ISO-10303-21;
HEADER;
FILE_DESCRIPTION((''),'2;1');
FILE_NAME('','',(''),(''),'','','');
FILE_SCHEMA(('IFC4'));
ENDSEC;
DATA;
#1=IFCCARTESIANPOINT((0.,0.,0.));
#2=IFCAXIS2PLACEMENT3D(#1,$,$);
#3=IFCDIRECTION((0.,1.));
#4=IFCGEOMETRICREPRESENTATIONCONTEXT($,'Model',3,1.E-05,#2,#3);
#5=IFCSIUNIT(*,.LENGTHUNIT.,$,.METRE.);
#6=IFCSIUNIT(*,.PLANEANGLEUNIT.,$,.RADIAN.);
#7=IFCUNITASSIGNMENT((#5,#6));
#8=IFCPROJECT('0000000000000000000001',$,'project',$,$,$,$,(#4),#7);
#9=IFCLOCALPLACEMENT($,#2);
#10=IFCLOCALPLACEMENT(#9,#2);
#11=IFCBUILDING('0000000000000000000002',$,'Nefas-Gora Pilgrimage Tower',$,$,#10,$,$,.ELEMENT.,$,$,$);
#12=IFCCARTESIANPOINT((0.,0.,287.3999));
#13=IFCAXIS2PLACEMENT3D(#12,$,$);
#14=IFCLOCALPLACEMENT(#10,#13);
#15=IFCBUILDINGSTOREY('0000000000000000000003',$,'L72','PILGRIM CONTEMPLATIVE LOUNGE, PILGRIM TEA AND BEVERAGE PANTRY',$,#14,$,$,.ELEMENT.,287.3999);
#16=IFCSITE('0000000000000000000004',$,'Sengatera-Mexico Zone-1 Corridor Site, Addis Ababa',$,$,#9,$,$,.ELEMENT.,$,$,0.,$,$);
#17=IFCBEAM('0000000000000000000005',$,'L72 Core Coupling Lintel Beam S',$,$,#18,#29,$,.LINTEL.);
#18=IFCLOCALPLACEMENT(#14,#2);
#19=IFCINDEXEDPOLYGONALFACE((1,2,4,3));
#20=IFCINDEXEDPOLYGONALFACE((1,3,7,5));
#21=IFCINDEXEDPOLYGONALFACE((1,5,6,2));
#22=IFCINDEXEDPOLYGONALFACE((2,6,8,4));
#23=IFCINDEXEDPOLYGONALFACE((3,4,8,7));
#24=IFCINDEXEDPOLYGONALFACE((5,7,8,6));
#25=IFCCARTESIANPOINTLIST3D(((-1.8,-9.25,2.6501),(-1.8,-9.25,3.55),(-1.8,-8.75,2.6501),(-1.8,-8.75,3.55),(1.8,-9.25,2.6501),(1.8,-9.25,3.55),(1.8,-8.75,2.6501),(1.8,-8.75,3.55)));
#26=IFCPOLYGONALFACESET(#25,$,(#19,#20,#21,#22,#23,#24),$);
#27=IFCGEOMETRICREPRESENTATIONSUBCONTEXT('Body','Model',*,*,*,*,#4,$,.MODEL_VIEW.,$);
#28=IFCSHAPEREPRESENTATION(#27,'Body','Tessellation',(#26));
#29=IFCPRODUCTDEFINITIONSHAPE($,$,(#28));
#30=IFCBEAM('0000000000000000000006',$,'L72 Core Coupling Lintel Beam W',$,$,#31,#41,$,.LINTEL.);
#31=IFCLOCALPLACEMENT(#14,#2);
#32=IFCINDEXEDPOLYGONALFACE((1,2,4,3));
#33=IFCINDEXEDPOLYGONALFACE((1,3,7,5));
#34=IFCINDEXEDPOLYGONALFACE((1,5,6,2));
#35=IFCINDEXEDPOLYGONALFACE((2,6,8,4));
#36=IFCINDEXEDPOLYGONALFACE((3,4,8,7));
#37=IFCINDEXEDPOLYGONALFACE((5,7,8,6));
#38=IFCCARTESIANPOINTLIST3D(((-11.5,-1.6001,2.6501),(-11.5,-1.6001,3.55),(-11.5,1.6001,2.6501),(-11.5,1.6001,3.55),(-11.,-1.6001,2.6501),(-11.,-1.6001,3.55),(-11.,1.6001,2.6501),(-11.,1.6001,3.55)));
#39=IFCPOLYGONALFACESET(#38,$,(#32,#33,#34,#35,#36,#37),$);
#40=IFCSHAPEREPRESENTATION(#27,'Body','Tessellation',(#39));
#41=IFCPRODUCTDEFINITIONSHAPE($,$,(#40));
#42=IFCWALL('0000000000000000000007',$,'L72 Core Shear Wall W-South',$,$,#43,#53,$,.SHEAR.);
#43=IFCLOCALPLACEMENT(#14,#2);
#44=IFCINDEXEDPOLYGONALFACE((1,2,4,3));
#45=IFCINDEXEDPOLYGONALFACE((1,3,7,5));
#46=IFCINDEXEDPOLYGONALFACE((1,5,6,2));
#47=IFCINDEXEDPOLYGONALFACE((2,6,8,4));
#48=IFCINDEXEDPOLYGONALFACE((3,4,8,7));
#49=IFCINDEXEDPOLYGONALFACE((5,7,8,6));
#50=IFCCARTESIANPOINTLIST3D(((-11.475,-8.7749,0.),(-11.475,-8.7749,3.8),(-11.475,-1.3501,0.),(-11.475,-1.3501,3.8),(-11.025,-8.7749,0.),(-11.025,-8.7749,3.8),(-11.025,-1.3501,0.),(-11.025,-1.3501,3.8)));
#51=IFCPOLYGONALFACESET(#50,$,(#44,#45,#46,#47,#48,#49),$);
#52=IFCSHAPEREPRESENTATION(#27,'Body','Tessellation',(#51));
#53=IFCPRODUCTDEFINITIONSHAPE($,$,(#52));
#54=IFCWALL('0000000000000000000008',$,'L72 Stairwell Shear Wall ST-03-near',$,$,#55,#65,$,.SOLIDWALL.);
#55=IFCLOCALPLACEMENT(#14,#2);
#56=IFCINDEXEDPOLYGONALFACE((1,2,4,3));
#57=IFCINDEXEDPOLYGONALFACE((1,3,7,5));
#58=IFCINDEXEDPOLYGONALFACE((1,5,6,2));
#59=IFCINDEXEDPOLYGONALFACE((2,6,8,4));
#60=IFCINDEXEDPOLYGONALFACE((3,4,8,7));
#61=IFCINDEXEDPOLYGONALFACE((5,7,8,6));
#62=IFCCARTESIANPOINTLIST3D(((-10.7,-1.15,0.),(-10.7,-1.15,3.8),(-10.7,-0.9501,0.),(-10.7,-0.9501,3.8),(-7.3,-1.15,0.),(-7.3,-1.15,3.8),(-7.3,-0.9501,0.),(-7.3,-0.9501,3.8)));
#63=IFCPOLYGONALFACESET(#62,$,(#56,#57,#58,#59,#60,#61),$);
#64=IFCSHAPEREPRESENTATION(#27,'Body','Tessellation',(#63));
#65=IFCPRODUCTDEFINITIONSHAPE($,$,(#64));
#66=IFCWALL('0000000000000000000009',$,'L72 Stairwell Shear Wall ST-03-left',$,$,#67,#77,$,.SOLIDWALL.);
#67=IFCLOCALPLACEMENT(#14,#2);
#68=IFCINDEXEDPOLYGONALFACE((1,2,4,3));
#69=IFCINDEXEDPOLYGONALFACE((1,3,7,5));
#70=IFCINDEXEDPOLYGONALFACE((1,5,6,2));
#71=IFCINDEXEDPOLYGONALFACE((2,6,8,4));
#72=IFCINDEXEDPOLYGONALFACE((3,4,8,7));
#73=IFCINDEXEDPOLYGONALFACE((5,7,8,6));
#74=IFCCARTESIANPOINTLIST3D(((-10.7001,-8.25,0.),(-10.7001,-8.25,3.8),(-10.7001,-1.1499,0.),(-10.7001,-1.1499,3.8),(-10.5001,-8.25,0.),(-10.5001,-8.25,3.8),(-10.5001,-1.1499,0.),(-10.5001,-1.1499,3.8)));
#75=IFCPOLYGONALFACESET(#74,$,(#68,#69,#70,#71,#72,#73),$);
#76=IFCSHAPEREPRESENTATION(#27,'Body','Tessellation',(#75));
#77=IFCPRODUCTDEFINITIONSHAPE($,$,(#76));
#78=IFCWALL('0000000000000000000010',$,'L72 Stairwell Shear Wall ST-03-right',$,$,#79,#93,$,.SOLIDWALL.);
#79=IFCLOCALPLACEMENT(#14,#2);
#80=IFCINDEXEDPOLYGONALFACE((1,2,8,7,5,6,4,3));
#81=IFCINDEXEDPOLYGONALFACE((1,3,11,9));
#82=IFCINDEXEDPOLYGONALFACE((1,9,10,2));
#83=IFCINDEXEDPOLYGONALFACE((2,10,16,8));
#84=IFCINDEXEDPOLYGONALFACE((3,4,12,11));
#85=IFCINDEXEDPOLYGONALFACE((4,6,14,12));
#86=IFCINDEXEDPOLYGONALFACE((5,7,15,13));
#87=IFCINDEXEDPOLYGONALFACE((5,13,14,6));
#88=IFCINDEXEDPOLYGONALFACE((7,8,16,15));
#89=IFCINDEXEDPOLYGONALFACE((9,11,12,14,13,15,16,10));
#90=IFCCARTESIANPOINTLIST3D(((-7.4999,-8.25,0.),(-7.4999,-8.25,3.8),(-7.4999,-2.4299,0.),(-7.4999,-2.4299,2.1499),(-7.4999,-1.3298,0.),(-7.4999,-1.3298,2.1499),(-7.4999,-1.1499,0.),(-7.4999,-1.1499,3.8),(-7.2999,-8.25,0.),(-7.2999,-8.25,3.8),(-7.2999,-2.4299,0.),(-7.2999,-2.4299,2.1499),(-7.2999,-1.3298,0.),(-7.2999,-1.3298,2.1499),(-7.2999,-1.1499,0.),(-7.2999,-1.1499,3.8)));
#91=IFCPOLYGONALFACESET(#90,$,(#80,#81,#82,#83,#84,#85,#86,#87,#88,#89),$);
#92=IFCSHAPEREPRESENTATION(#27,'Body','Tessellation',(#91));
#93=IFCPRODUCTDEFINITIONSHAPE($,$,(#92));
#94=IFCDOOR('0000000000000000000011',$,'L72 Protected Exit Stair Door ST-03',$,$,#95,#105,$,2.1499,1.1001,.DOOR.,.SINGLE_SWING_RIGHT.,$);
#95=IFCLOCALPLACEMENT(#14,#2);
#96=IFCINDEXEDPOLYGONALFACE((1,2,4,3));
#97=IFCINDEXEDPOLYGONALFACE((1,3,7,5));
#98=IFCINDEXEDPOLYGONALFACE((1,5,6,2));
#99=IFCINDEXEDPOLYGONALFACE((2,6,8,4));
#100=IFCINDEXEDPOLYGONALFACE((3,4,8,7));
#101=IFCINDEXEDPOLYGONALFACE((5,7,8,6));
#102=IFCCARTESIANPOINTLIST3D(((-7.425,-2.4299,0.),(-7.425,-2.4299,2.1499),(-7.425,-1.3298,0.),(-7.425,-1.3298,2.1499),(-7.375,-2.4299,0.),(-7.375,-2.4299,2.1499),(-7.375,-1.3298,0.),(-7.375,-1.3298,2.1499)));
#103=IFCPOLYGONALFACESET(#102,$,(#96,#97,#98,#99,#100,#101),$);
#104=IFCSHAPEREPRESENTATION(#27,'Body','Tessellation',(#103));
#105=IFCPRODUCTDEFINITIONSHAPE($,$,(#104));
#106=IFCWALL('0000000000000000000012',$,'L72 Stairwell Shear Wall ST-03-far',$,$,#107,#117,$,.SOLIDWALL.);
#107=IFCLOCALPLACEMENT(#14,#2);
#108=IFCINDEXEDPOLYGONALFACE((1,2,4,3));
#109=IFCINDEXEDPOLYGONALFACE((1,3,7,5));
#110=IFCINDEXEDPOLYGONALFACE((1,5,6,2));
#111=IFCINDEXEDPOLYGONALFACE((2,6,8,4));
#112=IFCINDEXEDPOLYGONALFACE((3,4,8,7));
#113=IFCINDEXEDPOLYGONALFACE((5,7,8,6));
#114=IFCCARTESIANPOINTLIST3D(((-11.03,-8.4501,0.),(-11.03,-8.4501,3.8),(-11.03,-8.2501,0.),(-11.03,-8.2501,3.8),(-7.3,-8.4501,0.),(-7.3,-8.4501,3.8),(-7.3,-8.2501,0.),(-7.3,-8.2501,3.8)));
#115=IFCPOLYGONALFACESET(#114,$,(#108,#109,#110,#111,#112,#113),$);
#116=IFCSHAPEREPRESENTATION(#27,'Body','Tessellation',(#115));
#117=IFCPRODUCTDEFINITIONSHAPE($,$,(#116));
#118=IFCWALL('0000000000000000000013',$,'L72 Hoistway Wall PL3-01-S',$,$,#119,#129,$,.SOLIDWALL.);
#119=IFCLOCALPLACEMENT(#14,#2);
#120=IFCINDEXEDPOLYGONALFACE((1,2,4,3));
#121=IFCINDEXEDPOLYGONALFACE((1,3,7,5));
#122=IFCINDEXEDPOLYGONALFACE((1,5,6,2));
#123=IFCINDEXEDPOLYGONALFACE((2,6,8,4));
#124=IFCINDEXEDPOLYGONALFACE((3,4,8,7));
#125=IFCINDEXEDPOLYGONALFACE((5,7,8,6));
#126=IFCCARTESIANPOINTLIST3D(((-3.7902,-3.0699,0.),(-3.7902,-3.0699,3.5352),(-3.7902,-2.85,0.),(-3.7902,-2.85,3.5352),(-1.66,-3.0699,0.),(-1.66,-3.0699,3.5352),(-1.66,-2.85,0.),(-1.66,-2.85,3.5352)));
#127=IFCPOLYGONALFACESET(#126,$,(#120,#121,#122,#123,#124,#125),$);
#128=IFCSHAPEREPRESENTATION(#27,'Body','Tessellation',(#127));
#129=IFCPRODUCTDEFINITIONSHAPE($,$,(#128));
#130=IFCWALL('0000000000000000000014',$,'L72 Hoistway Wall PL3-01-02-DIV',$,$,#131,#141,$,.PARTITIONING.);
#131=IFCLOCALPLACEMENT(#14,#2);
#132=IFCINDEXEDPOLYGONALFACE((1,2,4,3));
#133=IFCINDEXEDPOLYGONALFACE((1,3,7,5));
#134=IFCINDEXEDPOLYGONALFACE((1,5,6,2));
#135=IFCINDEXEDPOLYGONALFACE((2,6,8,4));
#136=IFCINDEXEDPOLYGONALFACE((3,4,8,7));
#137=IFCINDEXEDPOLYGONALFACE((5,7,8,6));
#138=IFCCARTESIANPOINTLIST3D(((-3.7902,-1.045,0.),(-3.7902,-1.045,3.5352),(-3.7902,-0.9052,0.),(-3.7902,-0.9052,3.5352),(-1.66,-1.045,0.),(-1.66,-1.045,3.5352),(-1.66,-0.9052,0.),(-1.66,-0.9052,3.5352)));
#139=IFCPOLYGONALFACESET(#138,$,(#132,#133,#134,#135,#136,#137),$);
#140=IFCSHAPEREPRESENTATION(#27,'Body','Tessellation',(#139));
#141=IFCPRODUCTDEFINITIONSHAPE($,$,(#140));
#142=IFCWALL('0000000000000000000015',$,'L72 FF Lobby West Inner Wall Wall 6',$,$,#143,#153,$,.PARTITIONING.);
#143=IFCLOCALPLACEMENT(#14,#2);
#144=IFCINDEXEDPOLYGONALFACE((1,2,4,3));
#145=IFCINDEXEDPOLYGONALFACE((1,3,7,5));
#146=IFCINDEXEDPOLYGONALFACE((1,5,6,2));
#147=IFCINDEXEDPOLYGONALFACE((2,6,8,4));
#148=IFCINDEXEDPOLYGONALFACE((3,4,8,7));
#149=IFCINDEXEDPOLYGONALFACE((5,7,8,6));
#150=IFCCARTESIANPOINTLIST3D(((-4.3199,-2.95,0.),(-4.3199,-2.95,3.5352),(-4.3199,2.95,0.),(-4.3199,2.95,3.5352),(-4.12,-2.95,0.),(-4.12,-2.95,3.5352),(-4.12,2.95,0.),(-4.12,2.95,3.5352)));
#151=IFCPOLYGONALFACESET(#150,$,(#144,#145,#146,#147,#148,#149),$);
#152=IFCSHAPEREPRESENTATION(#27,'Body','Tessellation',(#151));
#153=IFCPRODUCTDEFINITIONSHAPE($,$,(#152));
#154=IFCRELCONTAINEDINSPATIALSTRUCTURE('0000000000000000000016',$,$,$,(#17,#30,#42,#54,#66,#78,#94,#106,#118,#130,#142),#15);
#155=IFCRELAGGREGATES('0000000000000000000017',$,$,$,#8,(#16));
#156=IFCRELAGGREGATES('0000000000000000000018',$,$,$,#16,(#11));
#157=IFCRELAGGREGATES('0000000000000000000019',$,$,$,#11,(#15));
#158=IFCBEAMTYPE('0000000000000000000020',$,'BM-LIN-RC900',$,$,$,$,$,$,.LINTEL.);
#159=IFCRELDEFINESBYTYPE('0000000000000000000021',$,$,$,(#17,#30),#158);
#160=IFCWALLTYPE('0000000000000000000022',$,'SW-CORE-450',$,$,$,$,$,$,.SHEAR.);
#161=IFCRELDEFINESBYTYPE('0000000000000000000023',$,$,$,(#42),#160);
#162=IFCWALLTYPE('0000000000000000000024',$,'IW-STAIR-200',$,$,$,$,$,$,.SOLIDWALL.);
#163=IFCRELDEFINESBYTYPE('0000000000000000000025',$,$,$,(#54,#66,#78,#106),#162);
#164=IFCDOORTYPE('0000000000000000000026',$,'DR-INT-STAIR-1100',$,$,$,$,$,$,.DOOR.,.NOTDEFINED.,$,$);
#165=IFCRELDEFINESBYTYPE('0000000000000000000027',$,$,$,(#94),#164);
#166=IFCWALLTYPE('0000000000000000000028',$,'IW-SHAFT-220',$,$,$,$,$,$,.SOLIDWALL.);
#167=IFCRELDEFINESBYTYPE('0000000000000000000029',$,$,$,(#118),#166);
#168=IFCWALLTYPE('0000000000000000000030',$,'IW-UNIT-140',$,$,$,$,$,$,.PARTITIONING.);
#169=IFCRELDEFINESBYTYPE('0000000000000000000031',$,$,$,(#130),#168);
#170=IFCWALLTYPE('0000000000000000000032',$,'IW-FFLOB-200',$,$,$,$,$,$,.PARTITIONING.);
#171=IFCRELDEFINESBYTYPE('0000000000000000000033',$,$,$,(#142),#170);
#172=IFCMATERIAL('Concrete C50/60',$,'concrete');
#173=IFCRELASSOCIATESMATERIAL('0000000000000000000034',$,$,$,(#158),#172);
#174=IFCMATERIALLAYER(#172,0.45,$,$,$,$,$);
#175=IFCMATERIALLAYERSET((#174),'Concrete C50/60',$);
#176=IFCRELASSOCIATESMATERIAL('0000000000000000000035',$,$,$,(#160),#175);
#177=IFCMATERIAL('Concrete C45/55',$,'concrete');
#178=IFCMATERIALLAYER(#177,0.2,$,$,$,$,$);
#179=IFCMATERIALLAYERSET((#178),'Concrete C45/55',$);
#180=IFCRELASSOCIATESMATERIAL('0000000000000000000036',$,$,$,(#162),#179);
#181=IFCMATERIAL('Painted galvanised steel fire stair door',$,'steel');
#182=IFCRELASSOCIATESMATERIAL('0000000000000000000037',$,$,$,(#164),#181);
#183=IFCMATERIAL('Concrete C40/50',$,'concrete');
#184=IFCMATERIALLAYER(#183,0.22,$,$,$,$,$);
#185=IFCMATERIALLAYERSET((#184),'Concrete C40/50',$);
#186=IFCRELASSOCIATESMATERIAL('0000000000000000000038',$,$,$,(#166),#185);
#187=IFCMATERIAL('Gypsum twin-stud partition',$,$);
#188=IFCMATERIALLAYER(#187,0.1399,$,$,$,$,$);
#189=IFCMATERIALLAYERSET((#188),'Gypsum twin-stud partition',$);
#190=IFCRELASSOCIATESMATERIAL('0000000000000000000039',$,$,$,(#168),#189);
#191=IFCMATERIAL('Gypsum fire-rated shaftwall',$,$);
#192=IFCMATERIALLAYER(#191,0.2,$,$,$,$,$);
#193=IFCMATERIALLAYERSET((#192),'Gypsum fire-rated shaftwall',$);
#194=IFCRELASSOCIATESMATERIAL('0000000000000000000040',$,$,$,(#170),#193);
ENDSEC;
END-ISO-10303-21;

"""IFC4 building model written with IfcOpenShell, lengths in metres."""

from ifc_helpers import new_model, si_unit, direction, frame, frame_2d, origin, origin_2d, place, context, subcontext, project, spatial, rectangle, extrude, source, transform, mapped, material, layer, layer_set, material_profile, profile_set, type_object, element, fill, save


model = new_model("IFC4")

# Units and contexts
model_context = context("Model", 3, precision=1e-05, world=origin(), true_north=direction((0.0, 1.0)))
body_context = subcontext(model_context, "Body", "Model", "MODEL_VIEW")
ifc_project = project(units=[si_unit("LENGTHUNIT", "METRE"), si_unit("PLANEANGLEUNIT", "RADIAN")], contexts=[model_context])

# Site, building, storey
site_placement = place(None, origin())
site = spatial("IfcSite", under=ifc_project, at=site_placement, Name="Sengatera-Mexico Zone-1 Corridor Site, Addis Ababa", CompositionType="ELEMENT", RefElevation=0.0)
building_placement = place(site_placement, origin())
building = spatial("IfcBuilding", under=site, at=building_placement, Name="Nefas-Gora Pilgrimage Tower", CompositionType="ELEMENT")
storey_placement = place(building_placement, frame((0.0, 0.0, 287.3999)))
storey = spatial("IfcBuildingStorey", under=building, at=storey_placement, Name="L72", Description="PILGRIM CONTEMPLATIVE LOUNGE, PILGRIM TEA AND BEVERAGE PANTRY", CompositionType="ELEMENT", Elevation=287.3999)

# Beams
ifc_material_1 = material(Name="Concrete C50/60", Category="concrete")
ifc_material_profile = material_profile(ifc_material_1, rectangle(XDim=0.5, YDim=0.8999, at=origin_2d()), Name="RC 500x900")
ifc_profile_set = profile_set([ifc_material_profile], Name="Concrete C50/60")
beam_type = type_object("IfcBeamType", Name="BM-LIN-RC900", PredefinedType="LINTEL", material=ifc_profile_set)
shared_shape_1 = source(origin(), body_context, "Body", "SweptSolid", [
    extrude(rectangle(XDim=0.5, YDim=0.8999, at=origin_2d()), origin(), (0.0, 0.0, 1.0), 3.6001),
])
beam_1_placement = place(storey_placement, frame((-1.8, -9.0, 3.1001), z_axis=(1.0, 0.0, 0.0), x_axis=(0.0, 1.0, 0.0)))
element("IfcBeam", 1, at=beam_1_placement, inside=storey, type_object=beam_type, Name="L72 Core Coupling Lintel Beam S", PredefinedType="LINTEL", context=body_context, shape_type="MappedRepresentation", body=[
    mapped(shared_shape_1, transform((0.0, 0.0, 0.0), x_axis=(1.0, 0.0, 0.0), y_axis=(0.0, 1.0, 0.0), z_axis=(0.0, 0.0, 1.0), scale=1.0)),
])
shared_shape_2 = source(origin(), body_context, "Body", "SweptSolid", [
    extrude(rectangle(XDim=0.5, YDim=0.8999, at=origin_2d()), origin(), (0.0, 0.0, 1.0), 3.2002),
])
beam_2_placement = place(storey_placement, frame((-11.25, -1.6001, 3.1001), z_axis=(0.0, 1.0, 0.0), x_axis=(-1.0, 0.0, 0.0)))
element("IfcBeam", 2, at=beam_2_placement, inside=storey, type_object=beam_type, Name="L72 Core Coupling Lintel Beam W", PredefinedType="LINTEL", context=body_context, shape_type="MappedRepresentation", body=[
    mapped(shared_shape_2, transform((0.0, 0.0, 0.0), x_axis=(1.0, 0.0, 0.0), y_axis=(0.0, 1.0, 0.0), z_axis=(0.0, 0.0, 1.0), scale=1.0)),
])

# Walls
ifc_layer_1 = layer(ifc_material_1, 0.45)
ifc_layer_set_1 = layer_set([ifc_layer_1], Name="Concrete C50/60")
wall_type_1 = type_object("IfcWallType", Name="SW-CORE-450", PredefinedType="SHEAR", material=ifc_layer_set_1)
shared_shape_3 = source(origin(), body_context, "Body", "SweptSolid", [
    extrude(rectangle(XDim=7.4248, YDim=0.45, at=frame_2d((3.7124, 0.0))), origin(), (0.0, 0.0, 1.0), 3.8),
])
wall_1_placement = place(storey_placement, frame((-11.25, -8.7749, 0.0), z_axis=(0.0, 0.0, 1.0), x_axis=(0.0, 1.0, 0.0)))
element("IfcWall", 3, at=wall_1_placement, inside=storey, type_object=wall_type_1, Name="L72 Core Shear Wall W-South", PredefinedType="SHEAR", context=body_context, shape_type="MappedRepresentation", body=[
    mapped(shared_shape_3, transform((0.0, 0.0, 0.0), x_axis=(1.0, 0.0, 0.0), y_axis=(0.0, 1.0, 0.0), z_axis=(0.0, 0.0, 1.0), scale=1.0)),
])
ifc_material_2 = material(Name="Concrete C45/55", Category="concrete")
ifc_layer_2 = layer(ifc_material_2, 0.2)
ifc_layer_set_2 = layer_set([ifc_layer_2], Name="Concrete C45/55")
wall_type_2 = type_object("IfcWallType", Name="IW-STAIR-200", PredefinedType="SOLIDWALL", material=ifc_layer_set_2)
shared_shape_4 = source(origin(), body_context, "Body", "SweptSolid", [
    extrude(rectangle(XDim=3.3999, YDim=0.2, at=frame_2d((1.7, 0.0))), origin(), (0.0, 0.0, 1.0), 3.8),
])
wall_2_placement = place(storey_placement, frame((-10.7, -1.05, 0.0), z_axis=(0.0, 0.0, 1.0), x_axis=(1.0, 0.0, 0.0)))
element("IfcWall", 4, at=wall_2_placement, inside=storey, type_object=wall_type_2, Name="L72 Stairwell Shear Wall ST-03-near", PredefinedType="SOLIDWALL", context=body_context, shape_type="MappedRepresentation", body=[
    mapped(shared_shape_4, transform((0.0, 0.0, 0.0), x_axis=(1.0, 0.0, 0.0), y_axis=(0.0, 1.0, 0.0), z_axis=(0.0, 0.0, 1.0), scale=1.0)),
])
shared_shape_5 = source(origin(), body_context, "Body", "SweptSolid", [
    extrude(rectangle(XDim=7.1001, YDim=0.2, at=frame_2d((3.55, 0.0))), origin(), (0.0, 0.0, 1.0), 3.8),
])
wall_3_placement = place(storey_placement, frame((-10.6001, -1.1499, 0.0), z_axis=(0.0, 0.0, 1.0), x_axis=(0.0, -1.0, 0.0)))
element("IfcWall", 5, at=wall_3_placement, inside=storey, type_object=wall_type_2, Name="L72 Stairwell Shear Wall ST-03-left", PredefinedType="SOLIDWALL", context=body_context, shape_type="MappedRepresentation", body=[
    mapped(shared_shape_5, transform((0.0, 0.0, 0.0), x_axis=(1.0, 0.0, 0.0), y_axis=(0.0, 1.0, 0.0), z_axis=(0.0, 0.0, 1.0), scale=1.0)),
])

# Wall, opening, door
wall_4_placement = place(storey_placement, frame((-7.3999, -1.1499, 0.0), z_axis=(0.0, 0.0, 1.0), x_axis=(0.0, -1.0, 0.0)))
wall_4 = element("IfcWall", 6, at=wall_4_placement, inside=storey, type_object=wall_type_2, Name="L72 Stairwell Shear Wall ST-03-right", PredefinedType="SOLIDWALL", context=body_context, shape_type="MappedRepresentation", body=[
    mapped(shared_shape_5, transform((0.0, 0.0, 0.0), x_axis=(1.0, 0.0, 0.0), y_axis=(0.0, 1.0, 0.0), z_axis=(0.0, 0.0, 1.0), scale=1.0)),
])
opening_placement = place(wall_4_placement, frame((0.1799, 0.0, 0.0)))
opening = element("IfcOpeningElement", 7, at=opening_placement, cuts=wall_4, PredefinedType="OPENING", context=body_context, shape_type="SweptSolid", body=[
    extrude(rectangle(XDim=1.1001, YDim=2.1499, at=frame_2d((0.55, 1.075))), frame((0.0, 0.1099, 0.0), z_axis=(0.0, -1.0, 0.0), x_axis=(1.0, 0.0, 0.0)), (0.0, 0.0, 1.0), 0.22),
])
ifc_material_3 = material(Name="Painted galvanised steel fire stair door", Category="steel")
door_type = type_object("IfcDoorType", Name="DR-INT-STAIR-1100", OperationType="NOTDEFINED", PredefinedType="DOOR", material=ifc_material_3)
shared_shape_6 = source(origin(), body_context, "Body", "SweptSolid", [
    extrude(rectangle(XDim=1.1001, YDim=2.1499, at=frame_2d((0.55, 1.075))), frame((0.0, 0.0249, 0.0), z_axis=(0.0, -1.0, 0.0), x_axis=(1.0, 0.0, 0.0)), (0.0, 0.0, 1.0), 0.05),
])
door_placement = place(opening_placement, origin())
door = element("IfcDoor", 8, at=door_placement, inside=storey, type_object=door_type, Name="L72 Protected Exit Stair Door ST-03", OperationType="SINGLE_SWING_RIGHT", OverallHeight=2.1499, OverallWidth=1.1001, PredefinedType="DOOR", context=body_context, shape_type="MappedRepresentation", body=[
    mapped(shared_shape_6, transform((0.0, 0.0, 0.0), x_axis=(1.0, 0.0, 0.0), y_axis=(0.0, 1.0, 0.0), z_axis=(0.0, 0.0, 1.0), scale=1.0)),
])
fill(opening, door)

# Walls
shared_shape_7 = source(origin(), body_context, "Body", "SweptSolid", [
    extrude(rectangle(XDim=3.73, YDim=0.2, at=frame_2d((1.865, 0.0))), origin(), (0.0, 0.0, 1.0), 3.8),
])
wall_5_placement = place(storey_placement, frame((-11.03, -8.3501, 0.0), z_axis=(0.0, 0.0, 1.0), x_axis=(1.0, 0.0, 0.0)))
element("IfcWall", 9, at=wall_5_placement, inside=storey, type_object=wall_type_2, Name="L72 Stairwell Shear Wall ST-03-far", PredefinedType="SOLIDWALL", context=body_context, shape_type="MappedRepresentation", body=[
    mapped(shared_shape_7, transform((0.0, 0.0, 0.0), x_axis=(1.0, 0.0, 0.0), y_axis=(0.0, 1.0, 0.0), z_axis=(0.0, 0.0, 1.0), scale=1.0)),
])
ifc_material_4 = material(Name="Concrete C40/50", Category="concrete")
ifc_layer_3 = layer(ifc_material_4, 0.22)
ifc_layer_set_3 = layer_set([ifc_layer_3], Name="Concrete C40/50")
wall_type_3 = type_object("IfcWallType", Name="IW-SHAFT-220", PredefinedType="SOLIDWALL", material=ifc_layer_set_3)
shared_shape_8 = source(origin(), body_context, "Body", "SweptSolid", [
    extrude(rectangle(XDim=2.1301, YDim=0.22, at=frame_2d((1.0649, 0.0))), origin(), (0.0, 0.0, 1.0), 3.5352),
])
wall_6_placement = place(storey_placement, frame((-3.79, -2.96, 0.0), z_axis=(0.0, 0.0, 1.0), x_axis=(1.0, 0.0, 0.0)))
element("IfcWall", 10, at=wall_6_placement, inside=storey, type_object=wall_type_3, Name="L72 Hoistway Wall PL3-01-S", PredefinedType="SOLIDWALL", context=body_context, shape_type="MappedRepresentation", body=[
    mapped(shared_shape_8, transform((0.0, 0.0, 0.0), x_axis=(1.0, 0.0, 0.0), y_axis=(0.0, 1.0, 0.0), z_axis=(0.0, 0.0, 1.0), scale=1.0)),
])
ifc_material_5 = material(Name="Gypsum twin-stud partition")
ifc_layer_4 = layer(ifc_material_5, 0.1399)
ifc_layer_set_4 = layer_set([ifc_layer_4], Name="Gypsum twin-stud partition")
wall_type_4 = type_object("IfcWallType", Name="IW-UNIT-140", PredefinedType="PARTITIONING", material=ifc_layer_set_4)
shared_shape_9 = source(origin(), body_context, "Body", "SweptSolid", [
    extrude(rectangle(XDim=2.1301, YDim=0.1399, at=frame_2d((1.0649, 0.0))), origin(), (0.0, 0.0, 1.0), 3.5352),
])
wall_7_placement = place(storey_placement, frame((-3.79, -0.9751, 0.0), z_axis=(0.0, 0.0, 1.0), x_axis=(1.0, 0.0, 0.0)))
element("IfcWall", 11, at=wall_7_placement, inside=storey, type_object=wall_type_4, Name="L72 Hoistway Wall PL3-01-02-DIV", PredefinedType="PARTITIONING", context=body_context, shape_type="MappedRepresentation", body=[
    mapped(shared_shape_9, transform((0.0, 0.0, 0.0), x_axis=(1.0, 0.0, 0.0), y_axis=(0.0, 1.0, 0.0), z_axis=(0.0, 0.0, 1.0), scale=1.0)),
])
ifc_material_6 = material(Name="Gypsum fire-rated shaftwall")
ifc_layer_5 = layer(ifc_material_6, 0.2)
ifc_layer_set_5 = layer_set([ifc_layer_5], Name="Gypsum fire-rated shaftwall")
wall_type_5 = type_object("IfcWallType", Name="IW-FFLOB-200", PredefinedType="PARTITIONING", material=ifc_layer_set_5)
shared_shape_10 = source(origin(), body_context, "Body", "SweptSolid", [
    extrude(rectangle(XDim=5.8999, YDim=0.2, at=frame_2d((2.95, 0.0))), origin(), (0.0, 0.0, 1.0), 3.5352),
])
wall_8_placement = place(storey_placement, frame((-4.22, -2.95, 0.0), z_axis=(0.0, 0.0, 1.0), x_axis=(0.0, 1.0, 0.0)))
element("IfcWall", 12, at=wall_8_placement, inside=storey, type_object=wall_type_5, Name="L72 FF Lobby West Inner Wall Wall 6", PredefinedType="PARTITIONING", context=body_context, shape_type="MappedRepresentation", body=[
    mapped(shared_shape_10, transform((0.0, 0.0, 0.0), x_axis=(1.0, 0.0, 0.0), y_axis=(0.0, 1.0, 0.0), z_axis=(0.0, 0.0, 1.0), scale=1.0)),
])

save(model, "model.ifc")
